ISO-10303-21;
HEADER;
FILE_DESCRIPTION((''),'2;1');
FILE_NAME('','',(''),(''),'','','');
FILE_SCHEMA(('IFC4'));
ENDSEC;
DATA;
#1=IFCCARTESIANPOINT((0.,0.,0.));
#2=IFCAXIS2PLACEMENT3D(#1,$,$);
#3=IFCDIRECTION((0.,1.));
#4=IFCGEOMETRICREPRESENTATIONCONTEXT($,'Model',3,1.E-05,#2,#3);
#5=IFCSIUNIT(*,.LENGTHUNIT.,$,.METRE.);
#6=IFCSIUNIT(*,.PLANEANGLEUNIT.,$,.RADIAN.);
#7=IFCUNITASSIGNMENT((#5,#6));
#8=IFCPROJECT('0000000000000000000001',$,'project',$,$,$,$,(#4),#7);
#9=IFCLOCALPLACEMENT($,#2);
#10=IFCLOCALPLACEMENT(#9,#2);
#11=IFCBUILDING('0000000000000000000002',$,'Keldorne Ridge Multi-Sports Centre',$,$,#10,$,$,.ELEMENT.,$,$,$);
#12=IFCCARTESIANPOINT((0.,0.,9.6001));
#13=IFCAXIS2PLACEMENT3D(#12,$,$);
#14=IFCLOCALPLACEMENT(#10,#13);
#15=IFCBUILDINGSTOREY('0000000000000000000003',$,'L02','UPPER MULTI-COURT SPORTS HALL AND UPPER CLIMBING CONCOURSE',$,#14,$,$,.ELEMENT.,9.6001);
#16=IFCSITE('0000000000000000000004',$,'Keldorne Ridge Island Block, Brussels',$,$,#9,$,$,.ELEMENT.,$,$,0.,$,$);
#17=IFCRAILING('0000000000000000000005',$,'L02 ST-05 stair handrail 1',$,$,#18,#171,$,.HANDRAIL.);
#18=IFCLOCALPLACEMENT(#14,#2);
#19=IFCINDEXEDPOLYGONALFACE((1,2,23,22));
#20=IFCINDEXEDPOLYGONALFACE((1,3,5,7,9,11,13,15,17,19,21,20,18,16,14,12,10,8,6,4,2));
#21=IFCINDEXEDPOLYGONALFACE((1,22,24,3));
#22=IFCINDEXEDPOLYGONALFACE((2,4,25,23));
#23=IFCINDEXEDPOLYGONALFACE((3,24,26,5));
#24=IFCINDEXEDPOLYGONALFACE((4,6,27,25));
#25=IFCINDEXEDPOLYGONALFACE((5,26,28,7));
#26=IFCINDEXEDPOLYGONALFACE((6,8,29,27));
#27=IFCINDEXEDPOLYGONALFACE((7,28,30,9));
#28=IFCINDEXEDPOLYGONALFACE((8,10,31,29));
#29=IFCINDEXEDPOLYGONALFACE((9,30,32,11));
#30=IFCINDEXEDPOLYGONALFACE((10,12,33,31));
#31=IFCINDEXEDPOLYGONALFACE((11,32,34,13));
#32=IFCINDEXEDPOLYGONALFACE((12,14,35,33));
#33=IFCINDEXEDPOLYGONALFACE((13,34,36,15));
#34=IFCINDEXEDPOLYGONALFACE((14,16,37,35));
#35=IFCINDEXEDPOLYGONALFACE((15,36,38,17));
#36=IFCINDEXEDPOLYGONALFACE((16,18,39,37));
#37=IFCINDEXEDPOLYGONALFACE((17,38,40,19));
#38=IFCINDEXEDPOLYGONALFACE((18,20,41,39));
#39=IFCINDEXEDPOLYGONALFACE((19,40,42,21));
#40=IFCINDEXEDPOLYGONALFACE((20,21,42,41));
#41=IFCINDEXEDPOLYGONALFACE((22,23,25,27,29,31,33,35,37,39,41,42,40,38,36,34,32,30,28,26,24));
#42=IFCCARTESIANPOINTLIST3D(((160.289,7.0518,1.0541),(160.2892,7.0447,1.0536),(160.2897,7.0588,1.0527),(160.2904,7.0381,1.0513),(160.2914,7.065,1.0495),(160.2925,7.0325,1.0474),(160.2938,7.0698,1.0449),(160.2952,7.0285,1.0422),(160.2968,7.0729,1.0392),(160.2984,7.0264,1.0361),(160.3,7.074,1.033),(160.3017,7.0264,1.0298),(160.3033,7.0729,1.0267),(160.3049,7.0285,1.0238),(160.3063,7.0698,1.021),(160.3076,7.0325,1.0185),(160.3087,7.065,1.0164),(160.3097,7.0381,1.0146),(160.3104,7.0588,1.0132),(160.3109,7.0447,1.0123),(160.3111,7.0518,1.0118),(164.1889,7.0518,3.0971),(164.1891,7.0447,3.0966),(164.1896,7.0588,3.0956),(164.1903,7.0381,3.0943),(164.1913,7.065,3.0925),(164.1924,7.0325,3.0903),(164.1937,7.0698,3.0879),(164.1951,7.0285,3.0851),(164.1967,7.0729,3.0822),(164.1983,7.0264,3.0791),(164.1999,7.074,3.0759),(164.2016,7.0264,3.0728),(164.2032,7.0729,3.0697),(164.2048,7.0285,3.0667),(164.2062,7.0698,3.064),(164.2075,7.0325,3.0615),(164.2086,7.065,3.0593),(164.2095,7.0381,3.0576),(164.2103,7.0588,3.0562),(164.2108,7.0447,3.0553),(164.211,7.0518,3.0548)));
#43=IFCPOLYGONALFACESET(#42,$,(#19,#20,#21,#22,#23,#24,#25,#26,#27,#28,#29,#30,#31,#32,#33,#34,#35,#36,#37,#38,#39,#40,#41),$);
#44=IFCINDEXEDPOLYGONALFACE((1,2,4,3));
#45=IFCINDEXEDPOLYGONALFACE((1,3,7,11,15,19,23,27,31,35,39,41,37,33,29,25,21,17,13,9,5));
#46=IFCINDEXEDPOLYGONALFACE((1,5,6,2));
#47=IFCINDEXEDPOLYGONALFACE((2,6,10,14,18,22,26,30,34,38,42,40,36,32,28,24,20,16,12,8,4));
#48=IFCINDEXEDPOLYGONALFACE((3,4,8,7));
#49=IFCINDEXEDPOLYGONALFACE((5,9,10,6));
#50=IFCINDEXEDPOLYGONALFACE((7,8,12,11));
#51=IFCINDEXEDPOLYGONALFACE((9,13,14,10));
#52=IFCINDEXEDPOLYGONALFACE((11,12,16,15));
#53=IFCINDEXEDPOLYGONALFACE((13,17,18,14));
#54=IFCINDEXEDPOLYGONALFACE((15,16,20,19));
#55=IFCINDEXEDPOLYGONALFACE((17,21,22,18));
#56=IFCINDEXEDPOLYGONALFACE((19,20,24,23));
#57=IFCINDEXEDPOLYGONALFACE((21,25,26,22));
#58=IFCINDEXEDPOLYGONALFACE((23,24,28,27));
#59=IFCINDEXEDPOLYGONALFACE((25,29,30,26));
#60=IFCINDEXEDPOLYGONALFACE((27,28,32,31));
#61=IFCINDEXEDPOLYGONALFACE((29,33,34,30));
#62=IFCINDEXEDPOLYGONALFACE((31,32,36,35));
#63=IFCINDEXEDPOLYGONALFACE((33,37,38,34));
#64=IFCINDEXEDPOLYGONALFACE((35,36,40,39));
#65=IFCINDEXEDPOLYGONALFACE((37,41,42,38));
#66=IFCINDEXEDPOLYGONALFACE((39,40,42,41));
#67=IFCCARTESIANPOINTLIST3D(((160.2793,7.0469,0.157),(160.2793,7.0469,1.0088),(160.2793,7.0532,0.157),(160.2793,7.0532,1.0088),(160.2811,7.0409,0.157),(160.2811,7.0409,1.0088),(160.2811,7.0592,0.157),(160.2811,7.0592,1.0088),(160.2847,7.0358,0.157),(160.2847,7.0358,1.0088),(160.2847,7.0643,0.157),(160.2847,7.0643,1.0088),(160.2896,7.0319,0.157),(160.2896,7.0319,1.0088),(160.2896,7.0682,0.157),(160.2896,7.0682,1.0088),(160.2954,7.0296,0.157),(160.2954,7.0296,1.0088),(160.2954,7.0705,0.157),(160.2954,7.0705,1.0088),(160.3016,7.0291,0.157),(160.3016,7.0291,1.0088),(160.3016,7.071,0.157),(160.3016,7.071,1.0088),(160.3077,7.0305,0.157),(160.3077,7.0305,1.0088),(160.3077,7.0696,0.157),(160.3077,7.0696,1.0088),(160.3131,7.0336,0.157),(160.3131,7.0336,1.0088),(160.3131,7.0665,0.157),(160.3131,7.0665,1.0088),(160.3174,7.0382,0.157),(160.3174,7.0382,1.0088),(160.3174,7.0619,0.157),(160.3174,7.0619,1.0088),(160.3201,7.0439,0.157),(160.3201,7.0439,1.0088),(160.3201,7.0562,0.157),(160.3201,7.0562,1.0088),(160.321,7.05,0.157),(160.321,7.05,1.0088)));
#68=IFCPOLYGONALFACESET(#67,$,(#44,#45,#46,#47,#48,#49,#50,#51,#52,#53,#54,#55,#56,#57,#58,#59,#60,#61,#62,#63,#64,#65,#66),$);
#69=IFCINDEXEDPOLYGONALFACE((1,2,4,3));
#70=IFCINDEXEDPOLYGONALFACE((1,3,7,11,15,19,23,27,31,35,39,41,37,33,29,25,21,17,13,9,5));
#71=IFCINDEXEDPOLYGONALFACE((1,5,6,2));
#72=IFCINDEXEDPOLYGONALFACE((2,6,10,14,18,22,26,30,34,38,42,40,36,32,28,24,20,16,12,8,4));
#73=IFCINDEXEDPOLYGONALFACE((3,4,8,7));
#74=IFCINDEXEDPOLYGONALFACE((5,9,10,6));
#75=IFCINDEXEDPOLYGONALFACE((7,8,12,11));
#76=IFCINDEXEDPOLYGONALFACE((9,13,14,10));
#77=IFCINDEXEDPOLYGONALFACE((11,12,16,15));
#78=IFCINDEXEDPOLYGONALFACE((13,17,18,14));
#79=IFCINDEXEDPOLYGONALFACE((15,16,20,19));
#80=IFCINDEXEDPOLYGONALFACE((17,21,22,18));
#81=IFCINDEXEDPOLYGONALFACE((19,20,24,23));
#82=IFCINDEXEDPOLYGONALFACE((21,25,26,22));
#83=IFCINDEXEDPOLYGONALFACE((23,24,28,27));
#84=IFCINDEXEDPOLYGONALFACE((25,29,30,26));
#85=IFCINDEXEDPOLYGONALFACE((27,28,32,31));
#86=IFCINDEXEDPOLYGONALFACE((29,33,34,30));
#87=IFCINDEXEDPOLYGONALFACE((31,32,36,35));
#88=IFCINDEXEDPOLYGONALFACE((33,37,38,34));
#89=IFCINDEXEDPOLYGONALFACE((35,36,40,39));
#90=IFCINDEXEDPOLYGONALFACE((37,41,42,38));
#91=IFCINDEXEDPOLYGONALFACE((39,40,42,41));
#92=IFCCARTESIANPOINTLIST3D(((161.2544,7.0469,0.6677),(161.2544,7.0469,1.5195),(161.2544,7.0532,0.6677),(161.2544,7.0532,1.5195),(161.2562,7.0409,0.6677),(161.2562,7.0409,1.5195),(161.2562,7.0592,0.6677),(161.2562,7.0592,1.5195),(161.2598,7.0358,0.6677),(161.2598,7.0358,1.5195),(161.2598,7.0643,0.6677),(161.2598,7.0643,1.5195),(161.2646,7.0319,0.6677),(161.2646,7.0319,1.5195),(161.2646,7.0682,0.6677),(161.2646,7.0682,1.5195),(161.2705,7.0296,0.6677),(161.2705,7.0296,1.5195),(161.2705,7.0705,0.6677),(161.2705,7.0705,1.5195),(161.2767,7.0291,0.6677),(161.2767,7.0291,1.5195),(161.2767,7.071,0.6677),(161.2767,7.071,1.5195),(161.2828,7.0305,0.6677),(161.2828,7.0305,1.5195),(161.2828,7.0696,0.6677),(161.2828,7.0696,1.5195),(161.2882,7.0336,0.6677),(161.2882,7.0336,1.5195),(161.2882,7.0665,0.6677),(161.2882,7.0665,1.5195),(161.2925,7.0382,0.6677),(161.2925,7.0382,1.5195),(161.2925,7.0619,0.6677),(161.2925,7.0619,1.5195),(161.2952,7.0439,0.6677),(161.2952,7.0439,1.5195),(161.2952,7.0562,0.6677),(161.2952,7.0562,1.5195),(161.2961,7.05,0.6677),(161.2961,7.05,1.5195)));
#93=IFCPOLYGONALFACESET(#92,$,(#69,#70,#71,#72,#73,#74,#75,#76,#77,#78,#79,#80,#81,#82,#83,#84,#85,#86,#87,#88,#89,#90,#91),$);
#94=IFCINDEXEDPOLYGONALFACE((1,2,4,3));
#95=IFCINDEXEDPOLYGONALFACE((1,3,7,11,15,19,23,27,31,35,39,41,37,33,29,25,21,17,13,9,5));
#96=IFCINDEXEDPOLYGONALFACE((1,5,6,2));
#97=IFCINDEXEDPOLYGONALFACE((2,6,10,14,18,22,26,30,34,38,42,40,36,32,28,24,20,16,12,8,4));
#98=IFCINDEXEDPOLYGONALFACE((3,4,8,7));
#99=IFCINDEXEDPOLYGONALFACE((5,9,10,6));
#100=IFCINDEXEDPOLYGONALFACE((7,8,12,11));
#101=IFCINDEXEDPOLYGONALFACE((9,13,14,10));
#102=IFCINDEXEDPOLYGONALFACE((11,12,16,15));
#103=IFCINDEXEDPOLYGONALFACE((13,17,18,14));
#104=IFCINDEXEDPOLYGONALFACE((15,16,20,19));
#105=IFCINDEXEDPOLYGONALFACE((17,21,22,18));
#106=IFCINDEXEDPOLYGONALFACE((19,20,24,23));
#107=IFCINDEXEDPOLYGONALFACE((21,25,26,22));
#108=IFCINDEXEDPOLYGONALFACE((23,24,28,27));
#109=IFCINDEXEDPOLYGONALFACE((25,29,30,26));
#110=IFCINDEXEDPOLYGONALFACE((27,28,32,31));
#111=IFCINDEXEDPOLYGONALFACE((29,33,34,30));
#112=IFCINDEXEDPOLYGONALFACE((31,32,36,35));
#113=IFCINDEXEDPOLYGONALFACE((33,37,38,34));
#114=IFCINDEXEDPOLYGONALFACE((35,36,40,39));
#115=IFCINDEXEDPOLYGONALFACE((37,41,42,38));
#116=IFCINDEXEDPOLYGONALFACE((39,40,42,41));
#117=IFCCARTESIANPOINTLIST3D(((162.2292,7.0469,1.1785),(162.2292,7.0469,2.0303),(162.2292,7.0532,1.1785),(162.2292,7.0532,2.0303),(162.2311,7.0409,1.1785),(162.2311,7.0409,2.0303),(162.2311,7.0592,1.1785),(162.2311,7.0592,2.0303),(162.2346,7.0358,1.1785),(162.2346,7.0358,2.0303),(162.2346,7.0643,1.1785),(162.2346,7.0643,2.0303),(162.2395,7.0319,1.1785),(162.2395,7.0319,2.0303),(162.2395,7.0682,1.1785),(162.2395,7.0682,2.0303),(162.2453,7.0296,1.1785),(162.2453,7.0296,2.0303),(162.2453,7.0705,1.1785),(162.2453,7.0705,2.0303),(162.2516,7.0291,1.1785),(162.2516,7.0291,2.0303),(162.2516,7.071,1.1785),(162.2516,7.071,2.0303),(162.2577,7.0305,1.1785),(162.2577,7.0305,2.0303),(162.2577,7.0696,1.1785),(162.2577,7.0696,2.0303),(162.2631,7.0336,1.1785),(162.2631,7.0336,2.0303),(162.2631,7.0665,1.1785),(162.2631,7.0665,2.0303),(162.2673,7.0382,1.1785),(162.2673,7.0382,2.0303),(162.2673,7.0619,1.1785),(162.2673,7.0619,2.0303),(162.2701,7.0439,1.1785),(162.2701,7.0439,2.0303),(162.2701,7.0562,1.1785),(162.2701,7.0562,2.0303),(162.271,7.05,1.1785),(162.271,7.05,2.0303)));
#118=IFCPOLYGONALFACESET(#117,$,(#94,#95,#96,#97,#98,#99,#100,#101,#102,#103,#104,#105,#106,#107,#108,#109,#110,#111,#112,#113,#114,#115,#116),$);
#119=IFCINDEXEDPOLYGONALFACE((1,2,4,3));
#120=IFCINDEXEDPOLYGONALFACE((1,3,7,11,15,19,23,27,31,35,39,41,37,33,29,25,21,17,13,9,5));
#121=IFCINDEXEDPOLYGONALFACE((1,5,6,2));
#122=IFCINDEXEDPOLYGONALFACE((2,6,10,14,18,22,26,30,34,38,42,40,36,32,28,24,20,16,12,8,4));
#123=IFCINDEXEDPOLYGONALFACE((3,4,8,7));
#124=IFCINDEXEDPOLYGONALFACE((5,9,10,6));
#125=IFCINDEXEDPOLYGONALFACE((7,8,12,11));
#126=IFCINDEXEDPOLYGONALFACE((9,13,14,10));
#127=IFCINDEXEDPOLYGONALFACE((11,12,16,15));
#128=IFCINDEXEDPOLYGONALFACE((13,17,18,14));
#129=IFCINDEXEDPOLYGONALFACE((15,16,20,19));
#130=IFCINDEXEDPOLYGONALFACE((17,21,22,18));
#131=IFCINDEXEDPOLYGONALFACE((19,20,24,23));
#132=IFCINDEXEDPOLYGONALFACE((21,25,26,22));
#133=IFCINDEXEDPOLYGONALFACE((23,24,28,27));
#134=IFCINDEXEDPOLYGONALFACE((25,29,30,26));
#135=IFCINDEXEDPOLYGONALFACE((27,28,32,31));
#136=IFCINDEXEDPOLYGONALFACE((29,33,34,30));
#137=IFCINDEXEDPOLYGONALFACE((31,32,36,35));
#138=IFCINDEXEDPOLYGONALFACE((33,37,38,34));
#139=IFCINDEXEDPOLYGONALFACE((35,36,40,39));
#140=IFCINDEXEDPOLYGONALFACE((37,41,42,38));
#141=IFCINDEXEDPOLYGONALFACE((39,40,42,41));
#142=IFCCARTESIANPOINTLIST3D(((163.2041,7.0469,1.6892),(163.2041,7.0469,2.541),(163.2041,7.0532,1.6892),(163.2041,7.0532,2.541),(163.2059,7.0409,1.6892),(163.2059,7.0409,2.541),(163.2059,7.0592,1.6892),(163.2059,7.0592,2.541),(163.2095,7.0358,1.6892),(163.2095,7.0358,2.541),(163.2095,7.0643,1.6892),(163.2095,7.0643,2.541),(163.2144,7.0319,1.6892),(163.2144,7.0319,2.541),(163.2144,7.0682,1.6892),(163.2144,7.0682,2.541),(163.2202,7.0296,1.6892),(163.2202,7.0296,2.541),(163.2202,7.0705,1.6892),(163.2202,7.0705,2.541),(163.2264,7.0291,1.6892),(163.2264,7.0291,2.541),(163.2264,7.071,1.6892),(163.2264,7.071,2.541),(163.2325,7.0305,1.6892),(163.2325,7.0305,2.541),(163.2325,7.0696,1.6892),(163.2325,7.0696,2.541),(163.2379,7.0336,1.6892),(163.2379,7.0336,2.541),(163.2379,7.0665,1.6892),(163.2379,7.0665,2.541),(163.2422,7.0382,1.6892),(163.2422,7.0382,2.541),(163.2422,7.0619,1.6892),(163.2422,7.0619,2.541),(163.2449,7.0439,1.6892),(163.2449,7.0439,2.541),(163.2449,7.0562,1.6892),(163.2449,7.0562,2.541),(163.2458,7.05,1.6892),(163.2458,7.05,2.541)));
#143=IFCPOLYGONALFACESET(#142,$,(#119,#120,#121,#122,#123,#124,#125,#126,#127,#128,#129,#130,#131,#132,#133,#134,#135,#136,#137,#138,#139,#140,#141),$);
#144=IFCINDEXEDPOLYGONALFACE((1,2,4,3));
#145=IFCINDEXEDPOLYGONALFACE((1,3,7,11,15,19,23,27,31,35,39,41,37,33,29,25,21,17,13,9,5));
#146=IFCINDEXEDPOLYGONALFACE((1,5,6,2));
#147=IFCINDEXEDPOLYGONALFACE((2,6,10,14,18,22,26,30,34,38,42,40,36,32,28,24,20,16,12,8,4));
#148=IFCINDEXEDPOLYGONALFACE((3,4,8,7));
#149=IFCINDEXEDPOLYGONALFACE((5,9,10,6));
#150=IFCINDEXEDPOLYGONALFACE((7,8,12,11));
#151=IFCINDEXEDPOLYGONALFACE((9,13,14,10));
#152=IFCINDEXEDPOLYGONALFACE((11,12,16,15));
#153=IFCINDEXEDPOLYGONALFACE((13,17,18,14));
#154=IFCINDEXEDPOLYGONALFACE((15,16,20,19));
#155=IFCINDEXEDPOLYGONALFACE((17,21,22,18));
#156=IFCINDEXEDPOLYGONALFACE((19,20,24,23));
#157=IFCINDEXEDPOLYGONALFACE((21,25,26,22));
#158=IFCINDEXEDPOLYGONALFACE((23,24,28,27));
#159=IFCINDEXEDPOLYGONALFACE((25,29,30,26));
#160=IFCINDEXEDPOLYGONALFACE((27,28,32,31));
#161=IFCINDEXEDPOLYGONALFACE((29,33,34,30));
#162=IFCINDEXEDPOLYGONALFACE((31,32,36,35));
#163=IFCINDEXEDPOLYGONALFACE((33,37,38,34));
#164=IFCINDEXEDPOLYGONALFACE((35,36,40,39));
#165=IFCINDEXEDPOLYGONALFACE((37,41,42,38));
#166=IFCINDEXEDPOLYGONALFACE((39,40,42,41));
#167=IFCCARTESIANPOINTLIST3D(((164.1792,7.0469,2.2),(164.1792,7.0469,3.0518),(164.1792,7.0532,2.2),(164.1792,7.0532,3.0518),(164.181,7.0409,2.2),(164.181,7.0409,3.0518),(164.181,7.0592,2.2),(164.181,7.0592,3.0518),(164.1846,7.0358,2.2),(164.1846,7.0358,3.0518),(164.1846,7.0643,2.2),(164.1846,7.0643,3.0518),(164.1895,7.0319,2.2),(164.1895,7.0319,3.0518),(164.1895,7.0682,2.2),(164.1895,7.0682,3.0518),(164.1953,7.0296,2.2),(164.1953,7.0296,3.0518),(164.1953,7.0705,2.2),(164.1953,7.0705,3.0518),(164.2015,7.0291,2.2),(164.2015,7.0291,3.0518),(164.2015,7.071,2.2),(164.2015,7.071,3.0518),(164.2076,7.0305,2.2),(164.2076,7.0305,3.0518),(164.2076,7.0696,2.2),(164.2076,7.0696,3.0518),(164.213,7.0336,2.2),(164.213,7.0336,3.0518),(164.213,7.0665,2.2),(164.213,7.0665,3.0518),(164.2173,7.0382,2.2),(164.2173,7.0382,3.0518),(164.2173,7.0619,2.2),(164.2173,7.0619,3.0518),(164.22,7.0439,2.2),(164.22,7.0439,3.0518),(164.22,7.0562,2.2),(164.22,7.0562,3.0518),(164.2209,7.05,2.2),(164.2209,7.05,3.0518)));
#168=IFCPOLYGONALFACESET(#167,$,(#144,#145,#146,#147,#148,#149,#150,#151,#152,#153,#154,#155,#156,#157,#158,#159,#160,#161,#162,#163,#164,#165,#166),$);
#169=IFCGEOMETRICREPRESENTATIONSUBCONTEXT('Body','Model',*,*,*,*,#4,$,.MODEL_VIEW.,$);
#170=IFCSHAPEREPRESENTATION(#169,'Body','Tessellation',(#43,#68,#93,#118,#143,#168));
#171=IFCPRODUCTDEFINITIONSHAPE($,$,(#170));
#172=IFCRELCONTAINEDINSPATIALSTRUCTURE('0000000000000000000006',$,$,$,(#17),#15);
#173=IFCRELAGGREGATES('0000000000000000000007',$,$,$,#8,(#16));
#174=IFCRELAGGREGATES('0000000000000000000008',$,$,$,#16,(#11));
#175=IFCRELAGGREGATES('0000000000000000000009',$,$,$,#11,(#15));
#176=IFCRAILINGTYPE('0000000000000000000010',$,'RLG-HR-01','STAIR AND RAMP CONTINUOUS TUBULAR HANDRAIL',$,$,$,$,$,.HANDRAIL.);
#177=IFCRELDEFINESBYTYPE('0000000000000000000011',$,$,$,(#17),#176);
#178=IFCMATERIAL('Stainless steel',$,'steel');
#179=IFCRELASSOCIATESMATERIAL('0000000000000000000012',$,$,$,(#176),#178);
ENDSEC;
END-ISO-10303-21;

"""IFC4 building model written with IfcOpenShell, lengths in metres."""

from ifc_helpers import new_model, si_unit, direction, frame, origin, origin_2d, place, context, subcontext, project, spatial, circle, extrude, material, type_object, element, save


model = new_model("IFC4")

# Units and contexts
model_context = context("Model", 3, precision=1e-05, world=origin(), true_north=direction((0.0, 1.0)))
body_context = subcontext(model_context, "Body", "Model", "MODEL_VIEW")
ifc_project = project(units=[si_unit("LENGTHUNIT", "METRE"), si_unit("PLANEANGLEUNIT", "RADIAN")], contexts=[model_context])

# Site, building, storey
site_placement = place(None, origin())
site = spatial("IfcSite", under=ifc_project, at=site_placement, Name="Keldorne Ridge Island Block, Brussels", CompositionType="ELEMENT", RefElevation=0.0)
building_placement = place(site_placement, origin())
building = spatial("IfcBuilding", under=site, at=building_placement, Name="Keldorne Ridge Multi-Sports Centre", CompositionType="ELEMENT")
storey_placement = place(building_placement, frame((0.0, 0.0, 9.6001)))
storey = spatial("IfcBuildingStorey", under=building, at=storey_placement, Name="L02", Description="UPPER MULTI-COURT SPORTS HALL AND UPPER CLIMBING CONCOURSE", CompositionType="ELEMENT", Elevation=9.6001)

# Railing
ifc_material_1 = material(Name="Stainless steel", Category="steel")
railing_type_1 = type_object("IfcRailingType", Name="RLG-HR-01", Description="STAIR AND RAMP CONTINUOUS TUBULAR HANDRAIL", PredefinedType="HANDRAIL", material=ifc_material_1)
railing_1_placement = place(storey_placement, frame((160.3, 7.05, 0.157)))
element("IfcRailing", 1, at=railing_1_placement, inside=storey, type_object=railing_type_1, Name="L02 ST-05 stair handrail 1", PredefinedType="HANDRAIL", context=body_context, shape_type="SweptSolid", body=[
    extrude(circle(Radius=0.0239, at=origin_2d()), frame((0.0, 0.0, 0.876), z_axis=(0.885816, 0.0, 0.464036), x_axis=(0.0, 1.0, 0.0)), (0.0, 0.0, 1.0), 4.4026),
    extrude(circle(Radius=0.021, at=origin_2d()), origin(), (0.0, 0.0, 1.0), 0.8518),
    extrude(circle(Radius=0.021, at=origin_2d()), frame((0.9751, 0.0, 0.5107)), (0.0, 0.0, 1.0), 0.8518),
    extrude(circle(Radius=0.021, at=origin_2d()), frame((1.95, 0.0, 1.0215)), (0.0, 0.0, 1.0), 0.8518),
    extrude(circle(Radius=0.021, at=origin_2d()), frame((2.9248, 0.0, 1.5322)), (0.0, 0.0, 1.0), 0.8518),
    extrude(circle(Radius=0.021, at=origin_2d()), frame((3.8999, 0.0, 2.043)), (0.0, 0.0, 1.0), 0.8518),
])

save(model, "model.ifc")
